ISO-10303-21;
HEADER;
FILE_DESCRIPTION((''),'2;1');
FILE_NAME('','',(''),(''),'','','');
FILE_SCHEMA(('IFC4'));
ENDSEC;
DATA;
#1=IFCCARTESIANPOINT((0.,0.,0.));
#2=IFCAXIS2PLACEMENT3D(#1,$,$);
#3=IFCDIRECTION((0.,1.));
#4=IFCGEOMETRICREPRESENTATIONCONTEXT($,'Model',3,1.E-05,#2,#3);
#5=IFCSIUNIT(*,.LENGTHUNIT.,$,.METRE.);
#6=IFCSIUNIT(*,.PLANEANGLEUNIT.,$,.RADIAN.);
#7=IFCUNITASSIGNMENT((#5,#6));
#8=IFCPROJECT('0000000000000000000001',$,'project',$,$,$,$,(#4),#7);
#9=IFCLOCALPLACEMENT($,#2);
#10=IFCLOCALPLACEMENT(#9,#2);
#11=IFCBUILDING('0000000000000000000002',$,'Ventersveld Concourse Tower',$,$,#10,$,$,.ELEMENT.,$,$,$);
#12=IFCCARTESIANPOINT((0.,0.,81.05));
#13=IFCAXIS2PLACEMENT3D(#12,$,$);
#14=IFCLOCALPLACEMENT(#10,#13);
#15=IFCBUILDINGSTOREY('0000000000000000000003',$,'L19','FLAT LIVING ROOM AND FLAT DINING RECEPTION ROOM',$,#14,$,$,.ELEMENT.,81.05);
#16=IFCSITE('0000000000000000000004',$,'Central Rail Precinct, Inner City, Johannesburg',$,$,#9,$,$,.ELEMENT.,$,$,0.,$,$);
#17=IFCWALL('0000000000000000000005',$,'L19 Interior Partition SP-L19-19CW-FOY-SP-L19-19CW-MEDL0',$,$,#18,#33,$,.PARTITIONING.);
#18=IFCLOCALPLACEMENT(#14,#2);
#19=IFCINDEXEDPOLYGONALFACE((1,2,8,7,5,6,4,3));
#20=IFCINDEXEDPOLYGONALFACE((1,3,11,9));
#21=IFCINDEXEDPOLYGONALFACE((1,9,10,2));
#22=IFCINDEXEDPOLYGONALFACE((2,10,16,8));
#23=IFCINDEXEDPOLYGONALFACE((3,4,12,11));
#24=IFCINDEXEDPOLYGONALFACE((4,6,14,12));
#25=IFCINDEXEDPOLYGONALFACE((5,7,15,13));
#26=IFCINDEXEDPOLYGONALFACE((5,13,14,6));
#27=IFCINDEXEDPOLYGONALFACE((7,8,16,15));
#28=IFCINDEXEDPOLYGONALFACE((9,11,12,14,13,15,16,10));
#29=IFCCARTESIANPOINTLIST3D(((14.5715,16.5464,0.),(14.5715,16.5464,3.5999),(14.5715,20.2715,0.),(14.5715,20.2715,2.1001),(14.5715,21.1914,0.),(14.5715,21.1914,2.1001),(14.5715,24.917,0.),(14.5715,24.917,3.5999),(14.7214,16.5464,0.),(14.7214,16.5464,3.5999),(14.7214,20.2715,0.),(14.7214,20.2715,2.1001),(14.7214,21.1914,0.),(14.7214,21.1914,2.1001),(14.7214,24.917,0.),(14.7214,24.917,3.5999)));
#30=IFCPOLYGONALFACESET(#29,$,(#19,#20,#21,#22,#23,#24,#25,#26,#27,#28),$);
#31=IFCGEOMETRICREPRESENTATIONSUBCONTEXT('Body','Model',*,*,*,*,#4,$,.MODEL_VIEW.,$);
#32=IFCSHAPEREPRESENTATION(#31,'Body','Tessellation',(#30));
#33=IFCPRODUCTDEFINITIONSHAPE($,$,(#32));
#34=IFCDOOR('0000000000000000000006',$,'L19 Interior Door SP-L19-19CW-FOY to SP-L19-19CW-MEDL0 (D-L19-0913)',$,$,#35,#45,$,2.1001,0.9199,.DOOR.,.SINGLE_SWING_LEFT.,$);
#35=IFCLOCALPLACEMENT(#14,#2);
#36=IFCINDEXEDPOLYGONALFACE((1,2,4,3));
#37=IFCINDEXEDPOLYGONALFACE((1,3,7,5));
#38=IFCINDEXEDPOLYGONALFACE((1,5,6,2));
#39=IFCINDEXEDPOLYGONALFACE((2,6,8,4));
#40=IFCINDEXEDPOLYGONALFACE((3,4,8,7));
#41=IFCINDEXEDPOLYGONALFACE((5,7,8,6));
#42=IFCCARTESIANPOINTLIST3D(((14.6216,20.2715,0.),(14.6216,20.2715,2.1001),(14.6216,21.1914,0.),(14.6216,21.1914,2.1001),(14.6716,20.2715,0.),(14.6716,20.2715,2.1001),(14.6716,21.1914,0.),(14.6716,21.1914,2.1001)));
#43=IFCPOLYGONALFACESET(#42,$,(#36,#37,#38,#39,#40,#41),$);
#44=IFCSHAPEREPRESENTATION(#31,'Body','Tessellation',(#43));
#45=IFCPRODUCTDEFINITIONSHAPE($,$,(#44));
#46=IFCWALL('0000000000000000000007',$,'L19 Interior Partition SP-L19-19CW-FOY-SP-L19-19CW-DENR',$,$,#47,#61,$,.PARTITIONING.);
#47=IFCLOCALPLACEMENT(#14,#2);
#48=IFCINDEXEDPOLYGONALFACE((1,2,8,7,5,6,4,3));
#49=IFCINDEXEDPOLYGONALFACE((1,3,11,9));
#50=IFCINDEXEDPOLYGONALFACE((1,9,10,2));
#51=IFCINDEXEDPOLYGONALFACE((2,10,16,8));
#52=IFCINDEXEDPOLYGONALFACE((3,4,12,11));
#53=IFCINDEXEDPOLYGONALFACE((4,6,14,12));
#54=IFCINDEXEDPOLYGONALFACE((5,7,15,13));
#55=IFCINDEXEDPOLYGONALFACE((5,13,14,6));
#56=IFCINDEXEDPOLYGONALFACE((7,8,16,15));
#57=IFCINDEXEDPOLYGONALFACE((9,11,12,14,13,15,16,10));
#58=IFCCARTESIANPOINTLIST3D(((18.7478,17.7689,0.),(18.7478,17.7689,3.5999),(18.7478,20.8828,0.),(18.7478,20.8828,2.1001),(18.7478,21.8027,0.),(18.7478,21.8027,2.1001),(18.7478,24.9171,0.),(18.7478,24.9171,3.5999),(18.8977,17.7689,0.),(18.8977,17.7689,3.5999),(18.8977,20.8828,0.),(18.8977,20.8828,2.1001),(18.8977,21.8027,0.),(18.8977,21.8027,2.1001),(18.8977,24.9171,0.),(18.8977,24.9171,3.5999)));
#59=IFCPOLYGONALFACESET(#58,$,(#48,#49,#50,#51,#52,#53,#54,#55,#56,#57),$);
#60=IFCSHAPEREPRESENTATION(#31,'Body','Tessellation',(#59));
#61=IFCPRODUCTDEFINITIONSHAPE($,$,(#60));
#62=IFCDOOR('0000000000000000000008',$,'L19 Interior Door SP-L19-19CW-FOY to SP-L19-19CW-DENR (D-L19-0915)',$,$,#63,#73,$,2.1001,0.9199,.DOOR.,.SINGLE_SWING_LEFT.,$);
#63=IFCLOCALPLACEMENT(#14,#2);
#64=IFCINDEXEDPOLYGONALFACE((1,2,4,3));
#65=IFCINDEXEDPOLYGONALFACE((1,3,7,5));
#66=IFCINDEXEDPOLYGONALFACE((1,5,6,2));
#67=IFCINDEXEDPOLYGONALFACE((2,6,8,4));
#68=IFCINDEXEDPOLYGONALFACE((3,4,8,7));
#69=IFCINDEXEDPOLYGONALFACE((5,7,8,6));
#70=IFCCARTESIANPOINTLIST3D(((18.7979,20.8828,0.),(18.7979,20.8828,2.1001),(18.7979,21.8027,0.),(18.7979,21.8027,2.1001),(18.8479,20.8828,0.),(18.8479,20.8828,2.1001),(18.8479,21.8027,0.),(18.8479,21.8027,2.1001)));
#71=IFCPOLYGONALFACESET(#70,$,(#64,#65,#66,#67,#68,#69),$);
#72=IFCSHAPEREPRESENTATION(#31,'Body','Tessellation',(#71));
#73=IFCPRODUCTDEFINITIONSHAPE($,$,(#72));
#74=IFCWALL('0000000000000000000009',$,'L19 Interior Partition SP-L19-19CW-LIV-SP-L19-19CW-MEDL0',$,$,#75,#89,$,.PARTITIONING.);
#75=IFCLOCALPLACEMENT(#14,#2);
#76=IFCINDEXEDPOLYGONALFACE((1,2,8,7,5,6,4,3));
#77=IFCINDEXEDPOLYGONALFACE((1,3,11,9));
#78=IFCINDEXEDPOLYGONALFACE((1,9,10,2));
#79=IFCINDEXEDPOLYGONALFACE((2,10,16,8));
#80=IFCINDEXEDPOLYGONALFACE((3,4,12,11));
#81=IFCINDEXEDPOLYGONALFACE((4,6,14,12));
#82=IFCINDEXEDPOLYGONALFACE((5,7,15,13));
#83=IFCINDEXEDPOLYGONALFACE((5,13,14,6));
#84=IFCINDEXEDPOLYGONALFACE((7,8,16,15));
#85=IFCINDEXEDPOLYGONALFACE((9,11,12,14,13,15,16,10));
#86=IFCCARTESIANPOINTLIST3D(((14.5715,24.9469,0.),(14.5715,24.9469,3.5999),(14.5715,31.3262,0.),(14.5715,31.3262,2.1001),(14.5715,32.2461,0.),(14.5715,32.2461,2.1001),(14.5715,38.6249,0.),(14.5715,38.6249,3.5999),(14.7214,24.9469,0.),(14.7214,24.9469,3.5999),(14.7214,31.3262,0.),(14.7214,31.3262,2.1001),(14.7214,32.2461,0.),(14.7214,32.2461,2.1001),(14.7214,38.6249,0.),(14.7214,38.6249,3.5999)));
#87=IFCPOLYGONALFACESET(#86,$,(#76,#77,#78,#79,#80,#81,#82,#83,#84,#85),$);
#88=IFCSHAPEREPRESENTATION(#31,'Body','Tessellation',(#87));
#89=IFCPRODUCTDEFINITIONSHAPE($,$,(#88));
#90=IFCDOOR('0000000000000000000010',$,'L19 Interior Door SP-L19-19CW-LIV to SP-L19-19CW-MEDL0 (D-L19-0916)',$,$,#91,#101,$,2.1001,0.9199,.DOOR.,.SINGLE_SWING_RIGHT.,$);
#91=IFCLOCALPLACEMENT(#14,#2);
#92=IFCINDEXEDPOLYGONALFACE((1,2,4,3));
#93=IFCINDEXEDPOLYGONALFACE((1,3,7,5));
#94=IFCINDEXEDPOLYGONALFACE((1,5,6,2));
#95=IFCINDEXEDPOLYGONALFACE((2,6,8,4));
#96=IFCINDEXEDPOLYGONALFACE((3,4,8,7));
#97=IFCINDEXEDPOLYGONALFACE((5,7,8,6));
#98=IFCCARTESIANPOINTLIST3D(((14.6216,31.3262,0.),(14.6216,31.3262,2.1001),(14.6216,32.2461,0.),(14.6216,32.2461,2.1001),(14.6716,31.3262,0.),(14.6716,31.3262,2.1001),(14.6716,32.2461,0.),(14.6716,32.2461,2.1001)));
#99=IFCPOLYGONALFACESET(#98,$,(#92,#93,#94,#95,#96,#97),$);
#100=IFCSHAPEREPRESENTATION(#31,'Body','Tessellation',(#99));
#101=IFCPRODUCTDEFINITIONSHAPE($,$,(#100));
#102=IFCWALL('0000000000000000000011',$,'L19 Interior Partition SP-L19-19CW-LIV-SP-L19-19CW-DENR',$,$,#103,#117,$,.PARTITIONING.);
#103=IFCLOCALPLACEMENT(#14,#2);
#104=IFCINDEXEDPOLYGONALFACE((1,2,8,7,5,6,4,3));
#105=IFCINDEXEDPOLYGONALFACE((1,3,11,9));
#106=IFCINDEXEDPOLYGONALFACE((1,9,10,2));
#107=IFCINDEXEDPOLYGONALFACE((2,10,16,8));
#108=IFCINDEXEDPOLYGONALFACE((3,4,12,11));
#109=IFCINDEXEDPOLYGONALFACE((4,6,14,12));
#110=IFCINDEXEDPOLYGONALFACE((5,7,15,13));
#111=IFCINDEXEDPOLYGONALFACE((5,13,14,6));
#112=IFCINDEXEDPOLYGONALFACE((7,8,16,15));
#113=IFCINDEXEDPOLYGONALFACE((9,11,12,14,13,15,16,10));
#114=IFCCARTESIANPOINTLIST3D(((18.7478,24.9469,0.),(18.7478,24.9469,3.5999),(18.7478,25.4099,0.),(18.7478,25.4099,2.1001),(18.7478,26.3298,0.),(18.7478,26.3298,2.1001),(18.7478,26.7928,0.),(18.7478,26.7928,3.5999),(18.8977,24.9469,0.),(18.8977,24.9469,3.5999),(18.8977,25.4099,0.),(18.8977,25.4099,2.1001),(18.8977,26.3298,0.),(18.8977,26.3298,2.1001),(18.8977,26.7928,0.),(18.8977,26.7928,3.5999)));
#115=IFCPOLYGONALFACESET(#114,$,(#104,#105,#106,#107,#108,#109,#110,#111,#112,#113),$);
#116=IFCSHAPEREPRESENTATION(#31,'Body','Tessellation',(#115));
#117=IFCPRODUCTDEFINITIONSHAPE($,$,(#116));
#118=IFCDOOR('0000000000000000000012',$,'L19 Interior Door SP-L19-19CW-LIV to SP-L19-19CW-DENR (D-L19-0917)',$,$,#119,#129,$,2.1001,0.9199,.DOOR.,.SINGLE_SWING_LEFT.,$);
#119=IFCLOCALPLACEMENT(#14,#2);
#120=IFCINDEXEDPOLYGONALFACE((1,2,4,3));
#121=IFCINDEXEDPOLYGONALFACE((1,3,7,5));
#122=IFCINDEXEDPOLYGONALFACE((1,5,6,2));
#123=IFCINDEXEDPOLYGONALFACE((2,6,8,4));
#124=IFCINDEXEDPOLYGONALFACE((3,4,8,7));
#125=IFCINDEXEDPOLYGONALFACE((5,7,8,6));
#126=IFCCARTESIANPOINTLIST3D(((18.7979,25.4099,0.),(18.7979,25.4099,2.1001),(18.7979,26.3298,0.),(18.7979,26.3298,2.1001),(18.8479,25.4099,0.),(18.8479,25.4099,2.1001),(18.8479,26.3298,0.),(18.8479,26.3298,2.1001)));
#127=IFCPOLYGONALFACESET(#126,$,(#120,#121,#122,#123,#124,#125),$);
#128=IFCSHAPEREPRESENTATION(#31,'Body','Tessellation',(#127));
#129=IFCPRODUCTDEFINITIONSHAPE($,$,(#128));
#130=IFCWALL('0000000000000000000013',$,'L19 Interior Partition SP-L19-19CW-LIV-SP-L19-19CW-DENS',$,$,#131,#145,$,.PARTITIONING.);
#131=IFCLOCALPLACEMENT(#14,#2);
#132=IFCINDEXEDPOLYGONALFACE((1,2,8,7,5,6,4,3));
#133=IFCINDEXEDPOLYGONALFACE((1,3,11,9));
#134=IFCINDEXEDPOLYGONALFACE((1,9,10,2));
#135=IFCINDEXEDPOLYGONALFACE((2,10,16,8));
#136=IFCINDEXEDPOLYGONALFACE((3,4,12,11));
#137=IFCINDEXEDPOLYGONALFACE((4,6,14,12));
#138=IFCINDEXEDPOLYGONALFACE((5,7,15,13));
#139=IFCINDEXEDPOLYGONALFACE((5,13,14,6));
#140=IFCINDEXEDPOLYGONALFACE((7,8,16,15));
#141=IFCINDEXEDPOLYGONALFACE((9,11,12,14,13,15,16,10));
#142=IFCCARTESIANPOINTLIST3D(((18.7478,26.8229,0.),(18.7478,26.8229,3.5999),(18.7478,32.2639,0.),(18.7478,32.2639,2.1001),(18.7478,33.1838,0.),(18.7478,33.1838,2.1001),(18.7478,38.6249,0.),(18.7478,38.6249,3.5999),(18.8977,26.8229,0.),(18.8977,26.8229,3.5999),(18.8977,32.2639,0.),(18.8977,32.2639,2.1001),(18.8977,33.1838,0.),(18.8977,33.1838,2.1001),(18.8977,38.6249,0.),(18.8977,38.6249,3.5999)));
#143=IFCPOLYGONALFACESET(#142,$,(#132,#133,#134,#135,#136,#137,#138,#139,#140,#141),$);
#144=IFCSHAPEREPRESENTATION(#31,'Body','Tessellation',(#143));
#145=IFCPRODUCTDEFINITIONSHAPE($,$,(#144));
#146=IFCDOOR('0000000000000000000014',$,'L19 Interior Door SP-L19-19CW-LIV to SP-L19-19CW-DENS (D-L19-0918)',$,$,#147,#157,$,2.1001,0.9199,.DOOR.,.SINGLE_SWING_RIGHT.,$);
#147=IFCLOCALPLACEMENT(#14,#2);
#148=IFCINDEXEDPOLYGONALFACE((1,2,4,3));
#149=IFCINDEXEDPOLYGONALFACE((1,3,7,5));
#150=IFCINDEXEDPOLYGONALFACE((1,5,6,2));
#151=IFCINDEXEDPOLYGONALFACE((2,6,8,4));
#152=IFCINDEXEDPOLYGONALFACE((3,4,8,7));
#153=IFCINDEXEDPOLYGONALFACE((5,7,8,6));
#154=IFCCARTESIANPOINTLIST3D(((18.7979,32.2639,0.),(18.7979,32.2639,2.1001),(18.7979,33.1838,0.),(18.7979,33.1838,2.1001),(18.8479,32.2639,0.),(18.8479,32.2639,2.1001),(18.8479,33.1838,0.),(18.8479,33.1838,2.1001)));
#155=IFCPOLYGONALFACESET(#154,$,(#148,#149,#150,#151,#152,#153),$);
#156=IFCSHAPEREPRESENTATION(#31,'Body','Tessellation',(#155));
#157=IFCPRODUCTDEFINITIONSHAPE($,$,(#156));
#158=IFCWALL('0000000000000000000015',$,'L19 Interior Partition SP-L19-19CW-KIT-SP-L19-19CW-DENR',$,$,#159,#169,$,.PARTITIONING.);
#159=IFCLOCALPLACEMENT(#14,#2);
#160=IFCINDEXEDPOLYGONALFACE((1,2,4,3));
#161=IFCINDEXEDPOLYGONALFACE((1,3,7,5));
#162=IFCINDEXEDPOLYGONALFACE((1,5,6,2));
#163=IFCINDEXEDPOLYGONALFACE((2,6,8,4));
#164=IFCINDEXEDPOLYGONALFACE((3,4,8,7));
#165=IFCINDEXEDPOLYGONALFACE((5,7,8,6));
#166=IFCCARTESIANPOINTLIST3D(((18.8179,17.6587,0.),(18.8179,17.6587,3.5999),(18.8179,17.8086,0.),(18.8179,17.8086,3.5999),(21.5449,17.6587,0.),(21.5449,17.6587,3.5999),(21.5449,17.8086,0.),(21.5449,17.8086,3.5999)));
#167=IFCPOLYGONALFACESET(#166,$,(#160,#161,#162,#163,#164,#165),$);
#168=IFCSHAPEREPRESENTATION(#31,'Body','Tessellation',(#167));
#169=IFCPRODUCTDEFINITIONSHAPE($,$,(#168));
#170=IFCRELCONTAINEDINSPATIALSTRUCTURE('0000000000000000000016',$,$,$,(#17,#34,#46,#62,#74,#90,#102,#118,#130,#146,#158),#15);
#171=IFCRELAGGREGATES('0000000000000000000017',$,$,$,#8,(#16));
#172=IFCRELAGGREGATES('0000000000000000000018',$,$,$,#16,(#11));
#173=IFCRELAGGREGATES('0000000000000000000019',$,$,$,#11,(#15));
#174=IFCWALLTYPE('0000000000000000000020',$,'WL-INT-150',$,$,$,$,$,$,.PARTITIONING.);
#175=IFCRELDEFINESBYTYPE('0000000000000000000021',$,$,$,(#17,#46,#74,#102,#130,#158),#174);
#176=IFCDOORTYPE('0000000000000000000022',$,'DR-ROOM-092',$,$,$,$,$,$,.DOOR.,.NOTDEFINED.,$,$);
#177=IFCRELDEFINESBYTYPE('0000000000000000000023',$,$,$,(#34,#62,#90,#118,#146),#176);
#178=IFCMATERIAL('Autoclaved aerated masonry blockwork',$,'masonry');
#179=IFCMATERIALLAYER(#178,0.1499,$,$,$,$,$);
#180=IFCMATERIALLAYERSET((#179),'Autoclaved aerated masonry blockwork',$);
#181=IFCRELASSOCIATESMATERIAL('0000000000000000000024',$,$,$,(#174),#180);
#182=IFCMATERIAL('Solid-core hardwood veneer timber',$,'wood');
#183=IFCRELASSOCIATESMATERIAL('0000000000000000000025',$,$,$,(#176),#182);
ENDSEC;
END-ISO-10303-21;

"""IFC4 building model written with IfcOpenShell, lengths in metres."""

from ifc_helpers import new_model, si_unit, direction, frame, frame_2d, origin, place, context, subcontext, project, spatial, rectangle, extrude, material, layer, layer_set, type_object, element, fill, save


model = new_model("IFC4")

# Units and contexts
model_context = context("Model", 3, precision=1e-05, world=origin(), true_north=direction((0.0, 1.0)))
body_context = subcontext(model_context, "Body", "Model", "MODEL_VIEW")
ifc_project = project(units=[si_unit("LENGTHUNIT", "METRE"), si_unit("PLANEANGLEUNIT", "RADIAN")], contexts=[model_context])

# Site, building, storey
site_placement = place(None, origin())
site = spatial("IfcSite", under=ifc_project, at=site_placement, Name="Central Rail Precinct, Inner City, Johannesburg", CompositionType="ELEMENT", RefElevation=0.0)
building_placement = place(site_placement, origin())
building = spatial("IfcBuilding", under=site, at=building_placement, Name="Ventersveld Concourse Tower", CompositionType="ELEMENT")
storey_placement = place(building_placement, frame((0.0, 0.0, 81.05)))
storey = spatial("IfcBuildingStorey", under=building, at=storey_placement, Name="L19", Description="FLAT LIVING ROOM AND FLAT DINING RECEPTION ROOM", CompositionType="ELEMENT", Elevation=81.05)

# Walls, openings, doors
ifc_material_1 = material(Name="Autoclaved aerated masonry blockwork", Category="masonry")
ifc_layer_1 = layer(ifc_material_1, 0.1499)
ifc_layer_set_1 = layer_set([ifc_layer_1], Name="Autoclaved aerated masonry blockwork")
wall_type_1 = type_object("IfcWallType", Name="WL-INT-150", PredefinedType="PARTITIONING", material=ifc_layer_set_1)
ifc_material_2 = material(Name="Solid-core hardwood veneer timber", Category="wood")
door_type = type_object("IfcDoorType", Name="DR-ROOM-092", OperationType="NOTDEFINED", PredefinedType="DOOR", material=ifc_material_2)
wall_1_placement = place(storey_placement, frame((14.6465, 16.5464, 0.0), z_axis=(0.0, 0.0, 1.0), x_axis=(0.0, 1.0, 0.0)))
wall_1 = element("IfcWall", 1, at=wall_1_placement, inside=storey, type_object=wall_type_1, Name="L19 Interior Partition SP-L19-19CW-FOY-SP-L19-19CW-MEDL0", PredefinedType="PARTITIONING", context=body_context, shape_type="SweptSolid", body=[
    extrude(rectangle(XDim=8.3706, YDim=0.1499, at=frame_2d((4.1853, 0.0))), origin(), (0.0, 0.0, 1.0), 3.5999),
])
opening_1_placement = place(wall_1_placement, frame((3.7251, 0.0, 0.0)))
opening_1 = element("IfcOpeningElement", 2, at=opening_1_placement, cuts=wall_1, PredefinedType="OPENING", context=body_context, shape_type="SweptSolid", body=[
    extrude(rectangle(XDim=0.9199, YDim=2.1001, at=frame_2d((0.46, 1.05))), frame((0.0, 0.085, 0.0), z_axis=(0.0, -1.0, 0.0), x_axis=(1.0, 0.0, 0.0)), (0.0, 0.0, 1.0), 0.1699),
])
door_1_placement = place(opening_1_placement, origin())
door_1 = element("IfcDoor", 3, at=door_1_placement, inside=storey, type_object=door_type, Name="L19 Interior Door SP-L19-19CW-FOY to SP-L19-19CW-MEDL0 (D-L19-0913)", OperationType="SINGLE_SWING_LEFT", OverallHeight=2.1001, OverallWidth=0.9199, PredefinedType="DOOR", context=body_context, shape_type="SweptSolid", body=[
    extrude(rectangle(XDim=0.9199, YDim=2.1001, at=frame_2d((0.46, 1.05))), frame((0.0, 0.0249, 0.0), z_axis=(0.0, -1.0, 0.0), x_axis=(1.0, 0.0, 0.0)), (0.0, 0.0, 1.0), 0.05),
])
fill(opening_1, door_1)
wall_2_placement = place(storey_placement, frame((18.8228, 17.7688, 0.0), z_axis=(0.0, 0.0, 1.0), x_axis=(0.0, 1.0, 0.0)))
wall_2 = element("IfcWall", 4, at=wall_2_placement, inside=storey, type_object=wall_type_1, Name="L19 Interior Partition SP-L19-19CW-FOY-SP-L19-19CW-DENR", PredefinedType="PARTITIONING", context=body_context, shape_type="SweptSolid", body=[
    extrude(rectangle(XDim=7.1482, YDim=0.1499, at=frame_2d((3.5742, 0.0))), origin(), (0.0, 0.0, 1.0), 3.5999),
])
opening_2_placement = place(wall_2_placement, frame((3.114, 0.0, 0.0)))
opening_2 = element("IfcOpeningElement", 5, at=opening_2_placement, cuts=wall_2, PredefinedType="OPENING", context=body_context, shape_type="SweptSolid", body=[
    extrude(rectangle(XDim=0.9199, YDim=2.1001, at=frame_2d((0.46, 1.05))), frame((0.0, 0.085, 0.0), z_axis=(0.0, -1.0, 0.0), x_axis=(1.0, 0.0, 0.0)), (0.0, 0.0, 1.0), 0.1699),
])
door_2_placement = place(opening_2_placement, origin())
door_2 = element("IfcDoor", 6, at=door_2_placement, inside=storey, type_object=door_type, Name="L19 Interior Door SP-L19-19CW-FOY to SP-L19-19CW-DENR (D-L19-0915)", OperationType="SINGLE_SWING_LEFT", OverallHeight=2.1001, OverallWidth=0.9199, PredefinedType="DOOR", context=body_context, shape_type="SweptSolid", body=[
    extrude(rectangle(XDim=0.9199, YDim=2.1001, at=frame_2d((0.46, 1.05))), frame((0.0, 0.0249, 0.0), z_axis=(0.0, -1.0, 0.0), x_axis=(1.0, 0.0, 0.0)), (0.0, 0.0, 1.0), 0.05),
])
fill(opening_2, door_2)
wall_3_placement = place(storey_placement, frame((14.6465, 24.947, 0.0), z_axis=(0.0, 0.0, 1.0), x_axis=(0.0, 1.0, 0.0)))
wall_3 = element("IfcWall", 7, at=wall_3_placement, inside=storey, type_object=wall_type_1, Name="L19 Interior Partition SP-L19-19CW-LIV-SP-L19-19CW-MEDL0", PredefinedType="PARTITIONING", context=body_context, shape_type="SweptSolid", body=[
    extrude(rectangle(XDim=13.678, YDim=0.1499, at=frame_2d((6.8389, 0.0))), origin(), (0.0, 0.0, 1.0), 3.5999),
])
opening_3_placement = place(wall_3_placement, frame((6.3792, 0.0, 0.0)))
opening_3 = element("IfcOpeningElement", 8, at=opening_3_placement, cuts=wall_3, PredefinedType="OPENING", context=body_context, shape_type="SweptSolid", body=[
    extrude(rectangle(XDim=0.9199, YDim=2.1001, at=frame_2d((0.46, 1.05))), frame((0.0, 0.085, 0.0), z_axis=(0.0, -1.0, 0.0), x_axis=(1.0, 0.0, 0.0)), (0.0, 0.0, 1.0), 0.1699),
])
door_3_placement = place(opening_3_placement, origin())
door_3 = element("IfcDoor", 9, at=door_3_placement, inside=storey, type_object=door_type, Name="L19 Interior Door SP-L19-19CW-LIV to SP-L19-19CW-MEDL0 (D-L19-0916)", OperationType="SINGLE_SWING_RIGHT", OverallHeight=2.1001, OverallWidth=0.9199, PredefinedType="DOOR", context=body_context, shape_type="SweptSolid", body=[
    extrude(rectangle(XDim=0.9199, YDim=2.1001, at=frame_2d((0.46, 1.05))), frame((0.0, 0.0249, 0.0), z_axis=(0.0, -1.0, 0.0), x_axis=(1.0, 0.0, 0.0)), (0.0, 0.0, 1.0), 0.05),
])
fill(opening_3, door_3)
wall_4_placement = place(storey_placement, frame((18.8228, 24.947, 0.0), z_axis=(0.0, 0.0, 1.0), x_axis=(0.0, 1.0, 0.0)))
wall_4 = element("IfcWall", 10, at=wall_4_placement, inside=storey, type_object=wall_type_1, Name="L19 Interior Partition SP-L19-19CW-LIV-SP-L19-19CW-DENR", PredefinedType="PARTITIONING", context=body_context, shape_type="SweptSolid", body=[
    extrude(rectangle(XDim=1.8459, YDim=0.1499, at=frame_2d((0.9229, 0.0))), origin(), (0.0, 0.0, 1.0), 3.5999),
])
opening_4_placement = place(wall_4_placement, frame((0.4629, 0.0, 0.0)))
opening_4 = element("IfcOpeningElement", 11, at=opening_4_placement, cuts=wall_4, PredefinedType="OPENING", context=body_context, shape_type="SweptSolid", body=[
    extrude(rectangle(XDim=0.9199, YDim=2.1001, at=frame_2d((0.46, 1.05))), frame((0.0, 0.085, 0.0), z_axis=(0.0, -1.0, 0.0), x_axis=(1.0, 0.0, 0.0)), (0.0, 0.0, 1.0), 0.1699),
])
door_4_placement = place(opening_4_placement, origin())
door_4 = element("IfcDoor", 12, at=door_4_placement, inside=storey, type_object=door_type, Name="L19 Interior Door SP-L19-19CW-LIV to SP-L19-19CW-DENR (D-L19-0917)", OperationType="SINGLE_SWING_LEFT", OverallHeight=2.1001, OverallWidth=0.9199, PredefinedType="DOOR", context=body_context, shape_type="SweptSolid", body=[
    extrude(rectangle(XDim=0.9199, YDim=2.1001, at=frame_2d((0.46, 1.05))), frame((0.0, 0.0249, 0.0), z_axis=(0.0, -1.0, 0.0), x_axis=(1.0, 0.0, 0.0)), (0.0, 0.0, 1.0), 0.05),
])
fill(opening_4, door_4)
wall_5_placement = place(storey_placement, frame((18.8228, 26.823, 0.0), z_axis=(0.0, 0.0, 1.0), x_axis=(0.0, 1.0, 0.0)))
wall_5 = element("IfcWall", 13, at=wall_5_placement, inside=storey, type_object=wall_type_1, Name="L19 Interior Partition SP-L19-19CW-LIV-SP-L19-19CW-DENS", PredefinedType="PARTITIONING", context=body_context, shape_type="SweptSolid", body=[
    extrude(rectangle(XDim=11.802, YDim=0.1499, at=frame_2d((5.9009, 0.0))), origin(), (0.0, 0.0, 1.0), 3.5999),
])
opening_5_placement = place(wall_5_placement, frame((5.4409, 0.0, 0.0)))
opening_5 = element("IfcOpeningElement", 14, at=opening_5_placement, cuts=wall_5, PredefinedType="OPENING", context=body_context, shape_type="SweptSolid", body=[
    extrude(rectangle(XDim=0.9199, YDim=2.1001, at=frame_2d((0.46, 1.05))), frame((0.0, 0.085, 0.0), z_axis=(0.0, -1.0, 0.0), x_axis=(1.0, 0.0, 0.0)), (0.0, 0.0, 1.0), 0.1699),
])
door_5_placement = place(opening_5_placement, origin())
door_5 = element("IfcDoor", 15, at=door_5_placement, inside=storey, type_object=door_type, Name="L19 Interior Door SP-L19-19CW-LIV to SP-L19-19CW-DENS (D-L19-0918)", OperationType="SINGLE_SWING_RIGHT", OverallHeight=2.1001, OverallWidth=0.9199, PredefinedType="DOOR", context=body_context, shape_type="SweptSolid", body=[
    extrude(rectangle(XDim=0.9199, YDim=2.1001, at=frame_2d((0.46, 1.05))), frame((0.0, 0.0249, 0.0), z_axis=(0.0, -1.0, 0.0), x_axis=(1.0, 0.0, 0.0)), (0.0, 0.0, 1.0), 0.05),
])
fill(opening_5, door_5)

# Wall
for number, where, z_axis, x_axis, name in (
    (16, (18.8179, 17.7336, 0.0), (0.0, 0.0, 1.0), (1.0, 0.0, 0.0), "L19 Interior Partition SP-L19-19CW-KIT-SP-L19-19CW-DENR"),
):
    element("IfcWall", number, at=place(storey_placement, frame(where, z_axis=z_axis, x_axis=x_axis)), inside=storey, type_object=wall_type_1, Name=name, PredefinedType="PARTITIONING", context=body_context, shape_type="SweptSolid", body=[
        extrude(rectangle(XDim=2.7271, YDim=0.1499, at=frame_2d((1.3635, 0.0))), origin(), (0.0, 0.0, 1.0), 3.5999),
    ])

save(model, "model.ifc")
